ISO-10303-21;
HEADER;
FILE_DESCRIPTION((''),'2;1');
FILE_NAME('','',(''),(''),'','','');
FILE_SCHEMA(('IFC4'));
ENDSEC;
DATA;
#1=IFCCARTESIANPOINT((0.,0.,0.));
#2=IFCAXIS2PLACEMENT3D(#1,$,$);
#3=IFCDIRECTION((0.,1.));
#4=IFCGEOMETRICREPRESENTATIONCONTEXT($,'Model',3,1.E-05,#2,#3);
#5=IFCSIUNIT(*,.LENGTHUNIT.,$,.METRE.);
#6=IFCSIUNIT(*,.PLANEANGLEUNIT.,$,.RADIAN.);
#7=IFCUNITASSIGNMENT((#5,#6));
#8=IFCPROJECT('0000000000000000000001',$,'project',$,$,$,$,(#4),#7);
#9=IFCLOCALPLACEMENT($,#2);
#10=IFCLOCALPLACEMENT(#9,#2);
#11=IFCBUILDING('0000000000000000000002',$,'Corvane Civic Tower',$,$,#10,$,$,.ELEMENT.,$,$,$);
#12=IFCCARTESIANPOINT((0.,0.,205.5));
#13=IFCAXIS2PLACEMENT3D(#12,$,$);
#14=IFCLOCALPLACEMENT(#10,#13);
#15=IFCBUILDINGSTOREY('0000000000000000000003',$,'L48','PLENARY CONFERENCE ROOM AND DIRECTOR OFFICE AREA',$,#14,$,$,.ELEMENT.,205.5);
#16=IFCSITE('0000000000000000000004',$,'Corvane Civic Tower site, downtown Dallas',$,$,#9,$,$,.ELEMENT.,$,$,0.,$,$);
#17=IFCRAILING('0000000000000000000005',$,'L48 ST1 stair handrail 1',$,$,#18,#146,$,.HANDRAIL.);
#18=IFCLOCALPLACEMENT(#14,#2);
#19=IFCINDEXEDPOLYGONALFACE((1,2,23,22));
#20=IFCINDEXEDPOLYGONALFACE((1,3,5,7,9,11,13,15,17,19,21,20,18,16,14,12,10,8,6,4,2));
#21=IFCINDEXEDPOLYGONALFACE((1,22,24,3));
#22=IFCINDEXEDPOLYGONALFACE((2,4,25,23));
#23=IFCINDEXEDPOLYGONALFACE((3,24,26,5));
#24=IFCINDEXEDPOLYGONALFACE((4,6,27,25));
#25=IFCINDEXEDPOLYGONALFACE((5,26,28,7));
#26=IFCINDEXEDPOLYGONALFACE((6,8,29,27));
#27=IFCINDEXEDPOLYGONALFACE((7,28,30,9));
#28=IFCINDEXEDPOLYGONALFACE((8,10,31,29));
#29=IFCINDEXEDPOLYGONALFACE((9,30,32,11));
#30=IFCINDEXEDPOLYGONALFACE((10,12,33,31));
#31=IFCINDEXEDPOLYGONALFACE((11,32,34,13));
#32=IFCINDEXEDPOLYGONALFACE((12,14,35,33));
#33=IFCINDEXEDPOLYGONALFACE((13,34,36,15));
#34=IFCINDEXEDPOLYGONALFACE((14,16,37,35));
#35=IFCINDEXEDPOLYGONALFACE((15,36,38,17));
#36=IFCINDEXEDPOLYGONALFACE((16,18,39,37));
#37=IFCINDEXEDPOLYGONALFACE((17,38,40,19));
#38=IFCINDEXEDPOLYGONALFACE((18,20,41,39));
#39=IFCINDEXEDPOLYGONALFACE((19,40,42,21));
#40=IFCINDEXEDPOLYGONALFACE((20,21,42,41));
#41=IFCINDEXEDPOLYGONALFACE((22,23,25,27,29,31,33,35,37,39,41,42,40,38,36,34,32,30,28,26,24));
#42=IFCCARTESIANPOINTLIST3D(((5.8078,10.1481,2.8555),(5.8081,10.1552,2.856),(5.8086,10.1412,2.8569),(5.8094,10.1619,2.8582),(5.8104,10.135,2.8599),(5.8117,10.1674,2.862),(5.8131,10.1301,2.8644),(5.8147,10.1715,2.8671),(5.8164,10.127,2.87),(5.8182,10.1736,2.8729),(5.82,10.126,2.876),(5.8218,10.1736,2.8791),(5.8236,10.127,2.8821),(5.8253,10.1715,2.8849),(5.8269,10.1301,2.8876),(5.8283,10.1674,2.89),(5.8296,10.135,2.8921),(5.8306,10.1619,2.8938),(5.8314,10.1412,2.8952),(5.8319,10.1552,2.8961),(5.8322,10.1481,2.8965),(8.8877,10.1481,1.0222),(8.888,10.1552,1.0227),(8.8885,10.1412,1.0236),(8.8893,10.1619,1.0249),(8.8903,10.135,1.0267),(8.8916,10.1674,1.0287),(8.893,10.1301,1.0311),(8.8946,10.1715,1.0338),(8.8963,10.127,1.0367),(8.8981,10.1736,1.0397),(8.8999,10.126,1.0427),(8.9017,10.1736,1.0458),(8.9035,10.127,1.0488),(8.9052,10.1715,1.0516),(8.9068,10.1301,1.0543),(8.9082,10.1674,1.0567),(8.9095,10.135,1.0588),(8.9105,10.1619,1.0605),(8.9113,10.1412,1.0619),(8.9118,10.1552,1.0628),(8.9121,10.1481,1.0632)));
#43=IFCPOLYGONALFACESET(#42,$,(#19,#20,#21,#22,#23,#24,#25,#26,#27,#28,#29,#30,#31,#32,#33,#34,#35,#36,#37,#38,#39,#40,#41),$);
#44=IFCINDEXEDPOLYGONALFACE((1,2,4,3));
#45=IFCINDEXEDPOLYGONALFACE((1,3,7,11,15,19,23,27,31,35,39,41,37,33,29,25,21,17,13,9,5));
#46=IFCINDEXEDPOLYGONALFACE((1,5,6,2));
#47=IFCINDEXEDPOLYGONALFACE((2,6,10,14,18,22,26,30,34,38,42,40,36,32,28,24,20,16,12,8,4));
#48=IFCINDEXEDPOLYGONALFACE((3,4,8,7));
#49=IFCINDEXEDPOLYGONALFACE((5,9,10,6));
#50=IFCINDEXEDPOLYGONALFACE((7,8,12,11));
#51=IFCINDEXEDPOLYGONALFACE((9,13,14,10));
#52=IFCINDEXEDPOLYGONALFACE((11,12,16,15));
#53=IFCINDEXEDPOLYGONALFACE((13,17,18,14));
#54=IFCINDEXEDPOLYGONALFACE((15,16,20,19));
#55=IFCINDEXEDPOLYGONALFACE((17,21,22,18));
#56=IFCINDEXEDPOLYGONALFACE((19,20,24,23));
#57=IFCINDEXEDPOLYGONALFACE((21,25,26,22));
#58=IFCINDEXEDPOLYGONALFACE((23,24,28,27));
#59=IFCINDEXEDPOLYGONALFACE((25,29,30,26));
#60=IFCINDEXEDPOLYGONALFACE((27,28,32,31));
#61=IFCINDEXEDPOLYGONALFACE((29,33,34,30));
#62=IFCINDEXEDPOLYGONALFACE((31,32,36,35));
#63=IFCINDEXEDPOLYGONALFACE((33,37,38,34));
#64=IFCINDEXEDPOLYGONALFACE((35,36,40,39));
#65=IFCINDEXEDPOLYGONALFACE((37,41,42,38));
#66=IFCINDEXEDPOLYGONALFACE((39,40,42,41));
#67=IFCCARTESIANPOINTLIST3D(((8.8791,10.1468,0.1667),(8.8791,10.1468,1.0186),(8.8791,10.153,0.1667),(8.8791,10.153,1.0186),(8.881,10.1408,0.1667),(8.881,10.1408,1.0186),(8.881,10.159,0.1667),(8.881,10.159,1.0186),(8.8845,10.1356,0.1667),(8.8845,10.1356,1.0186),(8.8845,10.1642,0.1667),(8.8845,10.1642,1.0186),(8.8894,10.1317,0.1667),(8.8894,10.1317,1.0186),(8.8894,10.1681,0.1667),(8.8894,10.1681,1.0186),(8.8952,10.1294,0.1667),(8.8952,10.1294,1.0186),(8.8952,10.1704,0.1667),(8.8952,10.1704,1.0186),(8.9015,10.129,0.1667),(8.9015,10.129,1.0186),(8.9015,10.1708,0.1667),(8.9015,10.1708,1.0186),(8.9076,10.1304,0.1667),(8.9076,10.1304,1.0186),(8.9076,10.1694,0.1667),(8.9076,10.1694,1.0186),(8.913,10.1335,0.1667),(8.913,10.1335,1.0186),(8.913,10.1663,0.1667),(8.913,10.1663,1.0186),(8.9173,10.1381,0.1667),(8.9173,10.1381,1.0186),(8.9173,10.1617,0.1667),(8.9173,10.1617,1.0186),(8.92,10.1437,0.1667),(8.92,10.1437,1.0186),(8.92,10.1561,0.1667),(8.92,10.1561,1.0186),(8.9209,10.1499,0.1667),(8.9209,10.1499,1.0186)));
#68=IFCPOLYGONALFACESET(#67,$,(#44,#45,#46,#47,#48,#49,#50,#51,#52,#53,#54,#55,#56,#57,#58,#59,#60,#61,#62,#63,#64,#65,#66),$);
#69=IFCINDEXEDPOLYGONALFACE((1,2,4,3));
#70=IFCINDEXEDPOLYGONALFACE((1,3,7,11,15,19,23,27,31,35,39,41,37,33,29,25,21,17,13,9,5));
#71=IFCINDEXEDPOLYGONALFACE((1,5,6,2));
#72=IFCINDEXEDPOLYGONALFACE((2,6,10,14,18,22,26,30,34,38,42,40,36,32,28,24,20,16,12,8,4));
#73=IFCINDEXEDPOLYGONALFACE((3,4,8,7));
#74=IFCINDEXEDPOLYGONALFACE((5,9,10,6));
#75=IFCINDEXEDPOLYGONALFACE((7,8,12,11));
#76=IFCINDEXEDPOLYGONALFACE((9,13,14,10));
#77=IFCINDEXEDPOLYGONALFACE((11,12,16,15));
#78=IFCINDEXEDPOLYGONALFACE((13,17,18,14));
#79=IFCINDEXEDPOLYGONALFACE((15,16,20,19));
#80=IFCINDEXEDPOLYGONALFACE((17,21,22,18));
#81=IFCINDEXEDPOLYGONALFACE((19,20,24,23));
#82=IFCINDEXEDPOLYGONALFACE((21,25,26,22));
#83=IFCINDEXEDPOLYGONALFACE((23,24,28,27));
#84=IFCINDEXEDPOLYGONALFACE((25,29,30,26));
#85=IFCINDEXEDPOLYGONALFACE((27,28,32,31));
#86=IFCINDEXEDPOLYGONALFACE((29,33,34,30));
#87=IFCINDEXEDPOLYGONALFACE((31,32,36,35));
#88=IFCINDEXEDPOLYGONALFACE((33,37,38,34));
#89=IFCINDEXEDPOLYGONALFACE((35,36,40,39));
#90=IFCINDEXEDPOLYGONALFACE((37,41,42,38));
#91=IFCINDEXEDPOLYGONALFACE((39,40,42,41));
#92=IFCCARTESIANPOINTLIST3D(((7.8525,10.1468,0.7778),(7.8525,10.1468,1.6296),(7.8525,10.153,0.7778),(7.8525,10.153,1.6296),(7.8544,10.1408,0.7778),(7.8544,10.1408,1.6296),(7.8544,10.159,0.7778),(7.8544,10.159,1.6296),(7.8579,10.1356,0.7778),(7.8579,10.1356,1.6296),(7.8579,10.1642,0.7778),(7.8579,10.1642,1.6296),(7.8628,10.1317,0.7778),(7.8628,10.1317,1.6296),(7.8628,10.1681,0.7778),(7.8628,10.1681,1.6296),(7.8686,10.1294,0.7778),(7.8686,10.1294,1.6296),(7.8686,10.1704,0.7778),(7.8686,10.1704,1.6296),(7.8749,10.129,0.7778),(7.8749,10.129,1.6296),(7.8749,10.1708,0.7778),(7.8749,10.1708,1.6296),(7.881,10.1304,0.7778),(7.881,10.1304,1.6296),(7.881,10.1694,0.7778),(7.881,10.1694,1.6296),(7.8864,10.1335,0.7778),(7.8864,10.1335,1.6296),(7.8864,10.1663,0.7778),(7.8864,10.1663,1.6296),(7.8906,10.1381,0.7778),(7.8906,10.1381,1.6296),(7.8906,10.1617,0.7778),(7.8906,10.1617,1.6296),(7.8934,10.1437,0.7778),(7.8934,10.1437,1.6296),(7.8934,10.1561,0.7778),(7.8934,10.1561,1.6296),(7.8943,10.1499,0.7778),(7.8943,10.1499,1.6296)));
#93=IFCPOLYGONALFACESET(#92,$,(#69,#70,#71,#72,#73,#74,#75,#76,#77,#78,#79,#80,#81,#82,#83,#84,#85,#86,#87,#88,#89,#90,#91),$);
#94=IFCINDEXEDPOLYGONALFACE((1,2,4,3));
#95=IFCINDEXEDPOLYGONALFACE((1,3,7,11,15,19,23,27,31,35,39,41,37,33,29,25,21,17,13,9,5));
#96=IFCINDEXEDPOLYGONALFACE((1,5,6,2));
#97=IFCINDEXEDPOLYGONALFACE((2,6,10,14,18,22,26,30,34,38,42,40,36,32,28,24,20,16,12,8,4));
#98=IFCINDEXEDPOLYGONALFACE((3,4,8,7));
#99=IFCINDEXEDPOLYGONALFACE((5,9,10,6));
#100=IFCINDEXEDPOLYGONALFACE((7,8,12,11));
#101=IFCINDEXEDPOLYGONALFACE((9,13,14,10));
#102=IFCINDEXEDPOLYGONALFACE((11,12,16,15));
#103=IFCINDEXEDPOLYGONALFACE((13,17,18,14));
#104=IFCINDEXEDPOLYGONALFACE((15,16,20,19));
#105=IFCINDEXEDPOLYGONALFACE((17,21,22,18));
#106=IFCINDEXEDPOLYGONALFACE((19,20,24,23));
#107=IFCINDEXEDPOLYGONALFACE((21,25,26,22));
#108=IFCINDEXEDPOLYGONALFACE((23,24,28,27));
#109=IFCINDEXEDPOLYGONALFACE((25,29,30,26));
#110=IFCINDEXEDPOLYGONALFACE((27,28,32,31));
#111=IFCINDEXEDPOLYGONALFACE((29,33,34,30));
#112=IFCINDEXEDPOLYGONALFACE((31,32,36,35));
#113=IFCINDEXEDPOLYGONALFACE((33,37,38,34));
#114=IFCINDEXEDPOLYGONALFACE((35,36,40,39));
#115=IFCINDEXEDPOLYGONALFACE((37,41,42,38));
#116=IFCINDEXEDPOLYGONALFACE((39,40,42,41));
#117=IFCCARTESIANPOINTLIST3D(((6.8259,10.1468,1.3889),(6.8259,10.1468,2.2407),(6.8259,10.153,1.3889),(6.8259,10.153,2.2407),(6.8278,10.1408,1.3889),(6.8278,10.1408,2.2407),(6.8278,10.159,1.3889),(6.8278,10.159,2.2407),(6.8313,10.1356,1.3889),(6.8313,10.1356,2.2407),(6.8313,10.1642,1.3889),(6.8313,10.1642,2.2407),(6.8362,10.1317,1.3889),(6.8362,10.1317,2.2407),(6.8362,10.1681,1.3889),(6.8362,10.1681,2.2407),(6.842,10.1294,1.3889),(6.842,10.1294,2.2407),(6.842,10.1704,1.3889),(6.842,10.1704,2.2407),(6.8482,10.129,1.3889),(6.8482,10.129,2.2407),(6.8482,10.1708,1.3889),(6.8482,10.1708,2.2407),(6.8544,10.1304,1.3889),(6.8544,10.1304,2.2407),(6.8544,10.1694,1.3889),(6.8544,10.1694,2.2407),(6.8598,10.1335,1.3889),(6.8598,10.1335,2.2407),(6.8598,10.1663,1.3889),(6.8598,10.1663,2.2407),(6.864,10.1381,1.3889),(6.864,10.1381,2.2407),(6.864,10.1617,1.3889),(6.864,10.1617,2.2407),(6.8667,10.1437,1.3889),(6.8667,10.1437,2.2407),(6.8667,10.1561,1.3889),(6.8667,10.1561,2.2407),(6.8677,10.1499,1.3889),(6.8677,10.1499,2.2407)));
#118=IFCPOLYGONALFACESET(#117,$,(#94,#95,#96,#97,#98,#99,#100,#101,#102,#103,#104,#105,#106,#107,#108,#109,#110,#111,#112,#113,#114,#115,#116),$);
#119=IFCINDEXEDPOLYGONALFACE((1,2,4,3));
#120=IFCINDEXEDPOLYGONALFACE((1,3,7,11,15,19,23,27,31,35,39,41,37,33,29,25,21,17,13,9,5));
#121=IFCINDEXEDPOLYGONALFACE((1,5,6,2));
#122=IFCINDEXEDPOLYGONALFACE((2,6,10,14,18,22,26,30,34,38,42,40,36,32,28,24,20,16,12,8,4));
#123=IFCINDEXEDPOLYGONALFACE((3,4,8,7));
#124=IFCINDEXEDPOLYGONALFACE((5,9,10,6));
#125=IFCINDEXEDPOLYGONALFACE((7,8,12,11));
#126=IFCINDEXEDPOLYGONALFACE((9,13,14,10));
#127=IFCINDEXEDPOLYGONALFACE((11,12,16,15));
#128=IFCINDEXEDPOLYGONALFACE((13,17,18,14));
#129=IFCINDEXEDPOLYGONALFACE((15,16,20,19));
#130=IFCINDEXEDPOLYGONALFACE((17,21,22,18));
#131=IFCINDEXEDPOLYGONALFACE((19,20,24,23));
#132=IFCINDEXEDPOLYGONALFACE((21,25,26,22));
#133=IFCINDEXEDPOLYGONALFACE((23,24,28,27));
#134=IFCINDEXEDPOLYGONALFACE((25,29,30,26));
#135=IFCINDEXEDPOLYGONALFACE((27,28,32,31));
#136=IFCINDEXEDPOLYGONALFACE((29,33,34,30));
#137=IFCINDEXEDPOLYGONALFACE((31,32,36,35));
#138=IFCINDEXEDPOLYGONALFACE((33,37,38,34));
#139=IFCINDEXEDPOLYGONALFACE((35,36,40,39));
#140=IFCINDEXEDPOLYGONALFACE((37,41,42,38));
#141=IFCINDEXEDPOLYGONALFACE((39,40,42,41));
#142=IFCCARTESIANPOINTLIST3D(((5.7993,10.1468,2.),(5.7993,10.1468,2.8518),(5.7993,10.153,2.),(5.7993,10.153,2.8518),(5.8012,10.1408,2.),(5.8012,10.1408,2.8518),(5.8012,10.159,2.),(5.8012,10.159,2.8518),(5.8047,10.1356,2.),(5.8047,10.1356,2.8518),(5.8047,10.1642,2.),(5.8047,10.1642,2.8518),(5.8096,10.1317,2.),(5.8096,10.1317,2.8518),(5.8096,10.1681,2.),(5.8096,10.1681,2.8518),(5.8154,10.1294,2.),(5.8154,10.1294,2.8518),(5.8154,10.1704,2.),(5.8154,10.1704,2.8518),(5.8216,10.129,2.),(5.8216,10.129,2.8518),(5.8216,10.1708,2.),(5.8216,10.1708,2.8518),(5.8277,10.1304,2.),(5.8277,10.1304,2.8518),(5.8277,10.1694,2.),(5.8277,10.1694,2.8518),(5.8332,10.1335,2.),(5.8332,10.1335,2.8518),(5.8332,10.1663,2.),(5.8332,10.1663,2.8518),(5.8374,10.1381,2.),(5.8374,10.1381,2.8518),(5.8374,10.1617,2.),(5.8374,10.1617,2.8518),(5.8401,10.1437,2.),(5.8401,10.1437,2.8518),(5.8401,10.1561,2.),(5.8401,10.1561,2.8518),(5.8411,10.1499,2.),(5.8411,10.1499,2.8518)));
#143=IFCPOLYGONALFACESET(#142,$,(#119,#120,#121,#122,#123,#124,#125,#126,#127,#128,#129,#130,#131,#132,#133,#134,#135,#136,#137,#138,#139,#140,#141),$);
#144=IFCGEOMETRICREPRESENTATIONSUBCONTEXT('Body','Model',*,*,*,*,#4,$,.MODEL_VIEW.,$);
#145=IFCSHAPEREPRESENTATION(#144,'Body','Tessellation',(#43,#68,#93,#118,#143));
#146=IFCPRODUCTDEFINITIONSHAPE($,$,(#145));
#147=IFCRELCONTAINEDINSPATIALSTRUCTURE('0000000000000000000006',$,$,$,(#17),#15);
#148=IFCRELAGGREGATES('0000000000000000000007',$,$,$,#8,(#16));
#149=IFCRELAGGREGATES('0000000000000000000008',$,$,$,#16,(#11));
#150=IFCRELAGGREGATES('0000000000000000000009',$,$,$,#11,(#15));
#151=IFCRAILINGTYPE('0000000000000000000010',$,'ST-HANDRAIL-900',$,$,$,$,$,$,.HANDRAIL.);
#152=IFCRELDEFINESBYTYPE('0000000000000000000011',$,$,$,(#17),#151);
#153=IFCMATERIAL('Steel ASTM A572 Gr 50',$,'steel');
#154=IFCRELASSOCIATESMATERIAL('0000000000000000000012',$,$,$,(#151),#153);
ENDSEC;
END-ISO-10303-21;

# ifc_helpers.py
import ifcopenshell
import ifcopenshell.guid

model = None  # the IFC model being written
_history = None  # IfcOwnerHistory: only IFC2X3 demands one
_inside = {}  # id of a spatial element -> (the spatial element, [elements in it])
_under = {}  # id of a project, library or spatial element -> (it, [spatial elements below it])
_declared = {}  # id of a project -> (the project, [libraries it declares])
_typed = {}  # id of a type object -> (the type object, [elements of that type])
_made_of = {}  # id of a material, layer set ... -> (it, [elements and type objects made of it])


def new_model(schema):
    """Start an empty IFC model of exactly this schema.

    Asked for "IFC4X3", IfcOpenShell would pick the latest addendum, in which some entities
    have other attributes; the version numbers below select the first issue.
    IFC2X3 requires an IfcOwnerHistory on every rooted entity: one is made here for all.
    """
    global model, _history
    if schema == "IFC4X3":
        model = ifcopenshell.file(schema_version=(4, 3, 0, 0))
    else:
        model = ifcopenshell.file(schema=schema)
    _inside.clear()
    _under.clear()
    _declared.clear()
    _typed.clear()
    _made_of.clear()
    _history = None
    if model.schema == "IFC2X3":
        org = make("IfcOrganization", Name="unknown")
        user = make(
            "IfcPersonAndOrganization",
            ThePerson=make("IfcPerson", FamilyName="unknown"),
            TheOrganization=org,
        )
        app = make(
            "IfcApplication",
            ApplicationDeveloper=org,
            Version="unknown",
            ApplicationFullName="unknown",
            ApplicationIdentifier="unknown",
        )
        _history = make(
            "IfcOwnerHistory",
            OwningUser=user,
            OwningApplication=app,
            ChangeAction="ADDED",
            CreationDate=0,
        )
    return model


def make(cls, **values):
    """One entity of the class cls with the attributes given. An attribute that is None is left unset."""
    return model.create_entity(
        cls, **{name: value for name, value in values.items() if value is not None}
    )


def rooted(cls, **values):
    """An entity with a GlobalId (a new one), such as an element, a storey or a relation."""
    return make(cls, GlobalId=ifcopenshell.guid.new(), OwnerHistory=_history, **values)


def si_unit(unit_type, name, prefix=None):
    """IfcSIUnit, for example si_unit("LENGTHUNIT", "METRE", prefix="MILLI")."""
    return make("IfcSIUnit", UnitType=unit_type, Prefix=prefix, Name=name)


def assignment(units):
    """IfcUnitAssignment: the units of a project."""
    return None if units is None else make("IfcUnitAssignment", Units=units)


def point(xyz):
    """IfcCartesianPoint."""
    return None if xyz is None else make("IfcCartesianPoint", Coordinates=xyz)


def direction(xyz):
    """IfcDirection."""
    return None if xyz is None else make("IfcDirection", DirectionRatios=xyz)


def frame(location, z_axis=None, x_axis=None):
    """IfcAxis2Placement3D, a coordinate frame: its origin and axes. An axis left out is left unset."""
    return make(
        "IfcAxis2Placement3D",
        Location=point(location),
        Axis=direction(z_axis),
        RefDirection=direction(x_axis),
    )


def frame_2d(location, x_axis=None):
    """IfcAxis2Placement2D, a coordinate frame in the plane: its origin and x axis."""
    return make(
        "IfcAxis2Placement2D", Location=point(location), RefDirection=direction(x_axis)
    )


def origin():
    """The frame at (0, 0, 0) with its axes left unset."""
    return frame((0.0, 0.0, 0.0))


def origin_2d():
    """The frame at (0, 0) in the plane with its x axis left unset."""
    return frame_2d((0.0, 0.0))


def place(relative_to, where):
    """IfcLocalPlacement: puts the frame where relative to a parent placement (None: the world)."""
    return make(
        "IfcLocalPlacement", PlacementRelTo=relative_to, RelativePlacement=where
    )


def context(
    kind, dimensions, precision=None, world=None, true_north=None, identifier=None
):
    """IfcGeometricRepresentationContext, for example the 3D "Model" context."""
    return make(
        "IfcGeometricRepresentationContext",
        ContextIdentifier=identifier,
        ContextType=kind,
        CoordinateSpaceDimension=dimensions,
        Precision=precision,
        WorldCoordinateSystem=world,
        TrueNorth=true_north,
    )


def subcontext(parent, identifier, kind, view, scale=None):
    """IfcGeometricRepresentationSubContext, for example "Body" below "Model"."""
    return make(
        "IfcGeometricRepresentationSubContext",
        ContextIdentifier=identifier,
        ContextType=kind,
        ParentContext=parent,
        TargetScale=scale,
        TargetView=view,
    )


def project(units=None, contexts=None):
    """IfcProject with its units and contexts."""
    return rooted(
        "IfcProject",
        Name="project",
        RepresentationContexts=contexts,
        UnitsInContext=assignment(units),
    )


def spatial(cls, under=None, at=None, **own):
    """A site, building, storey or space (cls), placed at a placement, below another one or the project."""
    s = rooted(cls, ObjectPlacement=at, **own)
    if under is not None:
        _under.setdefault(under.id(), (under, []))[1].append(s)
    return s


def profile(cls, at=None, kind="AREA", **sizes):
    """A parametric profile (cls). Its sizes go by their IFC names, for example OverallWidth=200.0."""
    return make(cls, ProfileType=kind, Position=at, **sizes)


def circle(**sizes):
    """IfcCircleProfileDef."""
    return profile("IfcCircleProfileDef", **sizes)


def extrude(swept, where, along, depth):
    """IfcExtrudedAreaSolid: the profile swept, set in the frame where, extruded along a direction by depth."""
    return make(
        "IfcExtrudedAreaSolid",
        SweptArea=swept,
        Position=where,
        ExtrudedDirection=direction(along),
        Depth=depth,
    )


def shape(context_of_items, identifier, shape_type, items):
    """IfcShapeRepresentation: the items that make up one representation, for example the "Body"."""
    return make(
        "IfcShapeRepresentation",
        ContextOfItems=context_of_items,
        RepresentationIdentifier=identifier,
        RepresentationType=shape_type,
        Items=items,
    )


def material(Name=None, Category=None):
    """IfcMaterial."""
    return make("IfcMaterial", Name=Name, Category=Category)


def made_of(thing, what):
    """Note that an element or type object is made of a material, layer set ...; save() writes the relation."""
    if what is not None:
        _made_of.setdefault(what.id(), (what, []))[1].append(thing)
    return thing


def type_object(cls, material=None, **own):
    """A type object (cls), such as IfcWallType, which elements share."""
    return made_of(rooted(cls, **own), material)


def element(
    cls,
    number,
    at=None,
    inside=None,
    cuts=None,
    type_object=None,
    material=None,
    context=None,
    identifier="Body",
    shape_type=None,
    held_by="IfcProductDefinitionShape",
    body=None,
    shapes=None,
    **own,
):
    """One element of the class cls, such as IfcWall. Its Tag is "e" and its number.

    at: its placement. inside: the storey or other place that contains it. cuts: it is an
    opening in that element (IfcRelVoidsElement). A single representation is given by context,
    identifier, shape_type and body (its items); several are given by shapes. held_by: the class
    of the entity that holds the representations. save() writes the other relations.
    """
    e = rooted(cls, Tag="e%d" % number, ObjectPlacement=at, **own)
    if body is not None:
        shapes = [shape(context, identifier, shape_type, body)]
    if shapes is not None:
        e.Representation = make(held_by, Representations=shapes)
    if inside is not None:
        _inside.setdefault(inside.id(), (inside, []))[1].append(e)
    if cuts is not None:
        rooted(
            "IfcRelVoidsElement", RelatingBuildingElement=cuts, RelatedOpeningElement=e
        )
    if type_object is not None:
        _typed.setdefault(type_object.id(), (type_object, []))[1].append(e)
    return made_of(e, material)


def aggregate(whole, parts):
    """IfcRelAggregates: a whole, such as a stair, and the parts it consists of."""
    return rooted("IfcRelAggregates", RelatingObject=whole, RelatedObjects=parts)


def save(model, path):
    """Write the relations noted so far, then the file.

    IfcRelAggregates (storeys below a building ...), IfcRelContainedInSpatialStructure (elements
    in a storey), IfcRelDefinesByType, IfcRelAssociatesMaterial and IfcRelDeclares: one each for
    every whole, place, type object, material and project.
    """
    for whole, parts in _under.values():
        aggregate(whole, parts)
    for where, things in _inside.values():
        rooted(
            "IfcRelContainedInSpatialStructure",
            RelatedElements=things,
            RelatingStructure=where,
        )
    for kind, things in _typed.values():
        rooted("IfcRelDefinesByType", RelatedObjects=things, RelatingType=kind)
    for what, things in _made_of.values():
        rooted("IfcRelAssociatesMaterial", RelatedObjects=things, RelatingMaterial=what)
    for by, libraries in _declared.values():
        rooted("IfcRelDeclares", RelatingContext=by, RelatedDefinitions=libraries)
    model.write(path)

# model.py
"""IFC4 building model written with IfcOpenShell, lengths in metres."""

from ifc_helpers import new_model, si_unit, direction, frame, origin, origin_2d, place, context, subcontext, project, spatial, circle, extrude, material, type_object, element, save


model = new_model("IFC4")

# Units and contexts
model_context = context("Model", 3, precision=1e-05, world=origin(), true_north=direction((0.0, 1.0)))
body_context = subcontext(model_context, "Body", "Model", "MODEL_VIEW")
ifc_project = project(units=[si_unit("LENGTHUNIT", "METRE"), si_unit("PLANEANGLEUNIT", "RADIAN")], contexts=[model_context])

# Site, building, storey
site_placement = place(None, origin())
site = spatial("IfcSite", under=ifc_project, at=site_placement, Name="Corvane Civic Tower site, downtown Dallas", CompositionType="ELEMENT", RefElevation=0.0)
building_placement = place(site_placement, origin())
building = spatial("IfcBuilding", under=site, at=building_placement, Name="Corvane Civic Tower", CompositionType="ELEMENT")
storey_placement = place(building_placement, frame((0.0, 0.0, 205.5)))
storey = spatial("IfcBuildingStorey", under=building, at=storey_placement, Name="L48", Description="PLENARY CONFERENCE ROOM AND DIRECTOR OFFICE AREA", CompositionType="ELEMENT", Elevation=205.5)

# Railing
ifc_material_1 = material(Name="Steel ASTM A572 Gr 50", Category="steel")
railing_type = type_object("IfcRailingType", Name="ST-HANDRAIL-900", PredefinedType="HANDRAIL", material=ifc_material_1)
railing_placement = place(storey_placement, frame((8.8999, 10.1499, 0.1667)))
element("IfcRailing", 1, at=railing_placement, inside=storey, type_object=railing_type, Name="L48 ST1 stair handrail 1", PredefinedType="HANDRAIL", context=body_context, shape_type="SweptSolid", body=[
    extrude(circle(Radius=0.0239, at=origin_2d()), frame((0.0, 0.0, 0.876), z_axis=(-0.859291, 0.0, 0.511487), x_axis=(0.0, -1.0, 0.0)), (0.0, 0.0, 1.0), 3.5842),
    extrude(circle(Radius=0.021, at=origin_2d()), origin(), (0.0, 0.0, 1.0), 0.8518),
    extrude(circle(Radius=0.021, at=origin_2d()), frame((-1.0266, 0.0, 0.6111)), (0.0, 0.0, 1.0), 0.8518),
    extrude(circle(Radius=0.021, at=origin_2d()), frame((-2.0532, 0.0, 1.2222)), (0.0, 0.0, 1.0), 0.8518),
    extrude(circle(Radius=0.021, at=origin_2d()), frame((-3.0798, 0.0, 1.8333)), (0.0, 0.0, 1.0), 0.8518),
])

save(model, "model.ifc")
